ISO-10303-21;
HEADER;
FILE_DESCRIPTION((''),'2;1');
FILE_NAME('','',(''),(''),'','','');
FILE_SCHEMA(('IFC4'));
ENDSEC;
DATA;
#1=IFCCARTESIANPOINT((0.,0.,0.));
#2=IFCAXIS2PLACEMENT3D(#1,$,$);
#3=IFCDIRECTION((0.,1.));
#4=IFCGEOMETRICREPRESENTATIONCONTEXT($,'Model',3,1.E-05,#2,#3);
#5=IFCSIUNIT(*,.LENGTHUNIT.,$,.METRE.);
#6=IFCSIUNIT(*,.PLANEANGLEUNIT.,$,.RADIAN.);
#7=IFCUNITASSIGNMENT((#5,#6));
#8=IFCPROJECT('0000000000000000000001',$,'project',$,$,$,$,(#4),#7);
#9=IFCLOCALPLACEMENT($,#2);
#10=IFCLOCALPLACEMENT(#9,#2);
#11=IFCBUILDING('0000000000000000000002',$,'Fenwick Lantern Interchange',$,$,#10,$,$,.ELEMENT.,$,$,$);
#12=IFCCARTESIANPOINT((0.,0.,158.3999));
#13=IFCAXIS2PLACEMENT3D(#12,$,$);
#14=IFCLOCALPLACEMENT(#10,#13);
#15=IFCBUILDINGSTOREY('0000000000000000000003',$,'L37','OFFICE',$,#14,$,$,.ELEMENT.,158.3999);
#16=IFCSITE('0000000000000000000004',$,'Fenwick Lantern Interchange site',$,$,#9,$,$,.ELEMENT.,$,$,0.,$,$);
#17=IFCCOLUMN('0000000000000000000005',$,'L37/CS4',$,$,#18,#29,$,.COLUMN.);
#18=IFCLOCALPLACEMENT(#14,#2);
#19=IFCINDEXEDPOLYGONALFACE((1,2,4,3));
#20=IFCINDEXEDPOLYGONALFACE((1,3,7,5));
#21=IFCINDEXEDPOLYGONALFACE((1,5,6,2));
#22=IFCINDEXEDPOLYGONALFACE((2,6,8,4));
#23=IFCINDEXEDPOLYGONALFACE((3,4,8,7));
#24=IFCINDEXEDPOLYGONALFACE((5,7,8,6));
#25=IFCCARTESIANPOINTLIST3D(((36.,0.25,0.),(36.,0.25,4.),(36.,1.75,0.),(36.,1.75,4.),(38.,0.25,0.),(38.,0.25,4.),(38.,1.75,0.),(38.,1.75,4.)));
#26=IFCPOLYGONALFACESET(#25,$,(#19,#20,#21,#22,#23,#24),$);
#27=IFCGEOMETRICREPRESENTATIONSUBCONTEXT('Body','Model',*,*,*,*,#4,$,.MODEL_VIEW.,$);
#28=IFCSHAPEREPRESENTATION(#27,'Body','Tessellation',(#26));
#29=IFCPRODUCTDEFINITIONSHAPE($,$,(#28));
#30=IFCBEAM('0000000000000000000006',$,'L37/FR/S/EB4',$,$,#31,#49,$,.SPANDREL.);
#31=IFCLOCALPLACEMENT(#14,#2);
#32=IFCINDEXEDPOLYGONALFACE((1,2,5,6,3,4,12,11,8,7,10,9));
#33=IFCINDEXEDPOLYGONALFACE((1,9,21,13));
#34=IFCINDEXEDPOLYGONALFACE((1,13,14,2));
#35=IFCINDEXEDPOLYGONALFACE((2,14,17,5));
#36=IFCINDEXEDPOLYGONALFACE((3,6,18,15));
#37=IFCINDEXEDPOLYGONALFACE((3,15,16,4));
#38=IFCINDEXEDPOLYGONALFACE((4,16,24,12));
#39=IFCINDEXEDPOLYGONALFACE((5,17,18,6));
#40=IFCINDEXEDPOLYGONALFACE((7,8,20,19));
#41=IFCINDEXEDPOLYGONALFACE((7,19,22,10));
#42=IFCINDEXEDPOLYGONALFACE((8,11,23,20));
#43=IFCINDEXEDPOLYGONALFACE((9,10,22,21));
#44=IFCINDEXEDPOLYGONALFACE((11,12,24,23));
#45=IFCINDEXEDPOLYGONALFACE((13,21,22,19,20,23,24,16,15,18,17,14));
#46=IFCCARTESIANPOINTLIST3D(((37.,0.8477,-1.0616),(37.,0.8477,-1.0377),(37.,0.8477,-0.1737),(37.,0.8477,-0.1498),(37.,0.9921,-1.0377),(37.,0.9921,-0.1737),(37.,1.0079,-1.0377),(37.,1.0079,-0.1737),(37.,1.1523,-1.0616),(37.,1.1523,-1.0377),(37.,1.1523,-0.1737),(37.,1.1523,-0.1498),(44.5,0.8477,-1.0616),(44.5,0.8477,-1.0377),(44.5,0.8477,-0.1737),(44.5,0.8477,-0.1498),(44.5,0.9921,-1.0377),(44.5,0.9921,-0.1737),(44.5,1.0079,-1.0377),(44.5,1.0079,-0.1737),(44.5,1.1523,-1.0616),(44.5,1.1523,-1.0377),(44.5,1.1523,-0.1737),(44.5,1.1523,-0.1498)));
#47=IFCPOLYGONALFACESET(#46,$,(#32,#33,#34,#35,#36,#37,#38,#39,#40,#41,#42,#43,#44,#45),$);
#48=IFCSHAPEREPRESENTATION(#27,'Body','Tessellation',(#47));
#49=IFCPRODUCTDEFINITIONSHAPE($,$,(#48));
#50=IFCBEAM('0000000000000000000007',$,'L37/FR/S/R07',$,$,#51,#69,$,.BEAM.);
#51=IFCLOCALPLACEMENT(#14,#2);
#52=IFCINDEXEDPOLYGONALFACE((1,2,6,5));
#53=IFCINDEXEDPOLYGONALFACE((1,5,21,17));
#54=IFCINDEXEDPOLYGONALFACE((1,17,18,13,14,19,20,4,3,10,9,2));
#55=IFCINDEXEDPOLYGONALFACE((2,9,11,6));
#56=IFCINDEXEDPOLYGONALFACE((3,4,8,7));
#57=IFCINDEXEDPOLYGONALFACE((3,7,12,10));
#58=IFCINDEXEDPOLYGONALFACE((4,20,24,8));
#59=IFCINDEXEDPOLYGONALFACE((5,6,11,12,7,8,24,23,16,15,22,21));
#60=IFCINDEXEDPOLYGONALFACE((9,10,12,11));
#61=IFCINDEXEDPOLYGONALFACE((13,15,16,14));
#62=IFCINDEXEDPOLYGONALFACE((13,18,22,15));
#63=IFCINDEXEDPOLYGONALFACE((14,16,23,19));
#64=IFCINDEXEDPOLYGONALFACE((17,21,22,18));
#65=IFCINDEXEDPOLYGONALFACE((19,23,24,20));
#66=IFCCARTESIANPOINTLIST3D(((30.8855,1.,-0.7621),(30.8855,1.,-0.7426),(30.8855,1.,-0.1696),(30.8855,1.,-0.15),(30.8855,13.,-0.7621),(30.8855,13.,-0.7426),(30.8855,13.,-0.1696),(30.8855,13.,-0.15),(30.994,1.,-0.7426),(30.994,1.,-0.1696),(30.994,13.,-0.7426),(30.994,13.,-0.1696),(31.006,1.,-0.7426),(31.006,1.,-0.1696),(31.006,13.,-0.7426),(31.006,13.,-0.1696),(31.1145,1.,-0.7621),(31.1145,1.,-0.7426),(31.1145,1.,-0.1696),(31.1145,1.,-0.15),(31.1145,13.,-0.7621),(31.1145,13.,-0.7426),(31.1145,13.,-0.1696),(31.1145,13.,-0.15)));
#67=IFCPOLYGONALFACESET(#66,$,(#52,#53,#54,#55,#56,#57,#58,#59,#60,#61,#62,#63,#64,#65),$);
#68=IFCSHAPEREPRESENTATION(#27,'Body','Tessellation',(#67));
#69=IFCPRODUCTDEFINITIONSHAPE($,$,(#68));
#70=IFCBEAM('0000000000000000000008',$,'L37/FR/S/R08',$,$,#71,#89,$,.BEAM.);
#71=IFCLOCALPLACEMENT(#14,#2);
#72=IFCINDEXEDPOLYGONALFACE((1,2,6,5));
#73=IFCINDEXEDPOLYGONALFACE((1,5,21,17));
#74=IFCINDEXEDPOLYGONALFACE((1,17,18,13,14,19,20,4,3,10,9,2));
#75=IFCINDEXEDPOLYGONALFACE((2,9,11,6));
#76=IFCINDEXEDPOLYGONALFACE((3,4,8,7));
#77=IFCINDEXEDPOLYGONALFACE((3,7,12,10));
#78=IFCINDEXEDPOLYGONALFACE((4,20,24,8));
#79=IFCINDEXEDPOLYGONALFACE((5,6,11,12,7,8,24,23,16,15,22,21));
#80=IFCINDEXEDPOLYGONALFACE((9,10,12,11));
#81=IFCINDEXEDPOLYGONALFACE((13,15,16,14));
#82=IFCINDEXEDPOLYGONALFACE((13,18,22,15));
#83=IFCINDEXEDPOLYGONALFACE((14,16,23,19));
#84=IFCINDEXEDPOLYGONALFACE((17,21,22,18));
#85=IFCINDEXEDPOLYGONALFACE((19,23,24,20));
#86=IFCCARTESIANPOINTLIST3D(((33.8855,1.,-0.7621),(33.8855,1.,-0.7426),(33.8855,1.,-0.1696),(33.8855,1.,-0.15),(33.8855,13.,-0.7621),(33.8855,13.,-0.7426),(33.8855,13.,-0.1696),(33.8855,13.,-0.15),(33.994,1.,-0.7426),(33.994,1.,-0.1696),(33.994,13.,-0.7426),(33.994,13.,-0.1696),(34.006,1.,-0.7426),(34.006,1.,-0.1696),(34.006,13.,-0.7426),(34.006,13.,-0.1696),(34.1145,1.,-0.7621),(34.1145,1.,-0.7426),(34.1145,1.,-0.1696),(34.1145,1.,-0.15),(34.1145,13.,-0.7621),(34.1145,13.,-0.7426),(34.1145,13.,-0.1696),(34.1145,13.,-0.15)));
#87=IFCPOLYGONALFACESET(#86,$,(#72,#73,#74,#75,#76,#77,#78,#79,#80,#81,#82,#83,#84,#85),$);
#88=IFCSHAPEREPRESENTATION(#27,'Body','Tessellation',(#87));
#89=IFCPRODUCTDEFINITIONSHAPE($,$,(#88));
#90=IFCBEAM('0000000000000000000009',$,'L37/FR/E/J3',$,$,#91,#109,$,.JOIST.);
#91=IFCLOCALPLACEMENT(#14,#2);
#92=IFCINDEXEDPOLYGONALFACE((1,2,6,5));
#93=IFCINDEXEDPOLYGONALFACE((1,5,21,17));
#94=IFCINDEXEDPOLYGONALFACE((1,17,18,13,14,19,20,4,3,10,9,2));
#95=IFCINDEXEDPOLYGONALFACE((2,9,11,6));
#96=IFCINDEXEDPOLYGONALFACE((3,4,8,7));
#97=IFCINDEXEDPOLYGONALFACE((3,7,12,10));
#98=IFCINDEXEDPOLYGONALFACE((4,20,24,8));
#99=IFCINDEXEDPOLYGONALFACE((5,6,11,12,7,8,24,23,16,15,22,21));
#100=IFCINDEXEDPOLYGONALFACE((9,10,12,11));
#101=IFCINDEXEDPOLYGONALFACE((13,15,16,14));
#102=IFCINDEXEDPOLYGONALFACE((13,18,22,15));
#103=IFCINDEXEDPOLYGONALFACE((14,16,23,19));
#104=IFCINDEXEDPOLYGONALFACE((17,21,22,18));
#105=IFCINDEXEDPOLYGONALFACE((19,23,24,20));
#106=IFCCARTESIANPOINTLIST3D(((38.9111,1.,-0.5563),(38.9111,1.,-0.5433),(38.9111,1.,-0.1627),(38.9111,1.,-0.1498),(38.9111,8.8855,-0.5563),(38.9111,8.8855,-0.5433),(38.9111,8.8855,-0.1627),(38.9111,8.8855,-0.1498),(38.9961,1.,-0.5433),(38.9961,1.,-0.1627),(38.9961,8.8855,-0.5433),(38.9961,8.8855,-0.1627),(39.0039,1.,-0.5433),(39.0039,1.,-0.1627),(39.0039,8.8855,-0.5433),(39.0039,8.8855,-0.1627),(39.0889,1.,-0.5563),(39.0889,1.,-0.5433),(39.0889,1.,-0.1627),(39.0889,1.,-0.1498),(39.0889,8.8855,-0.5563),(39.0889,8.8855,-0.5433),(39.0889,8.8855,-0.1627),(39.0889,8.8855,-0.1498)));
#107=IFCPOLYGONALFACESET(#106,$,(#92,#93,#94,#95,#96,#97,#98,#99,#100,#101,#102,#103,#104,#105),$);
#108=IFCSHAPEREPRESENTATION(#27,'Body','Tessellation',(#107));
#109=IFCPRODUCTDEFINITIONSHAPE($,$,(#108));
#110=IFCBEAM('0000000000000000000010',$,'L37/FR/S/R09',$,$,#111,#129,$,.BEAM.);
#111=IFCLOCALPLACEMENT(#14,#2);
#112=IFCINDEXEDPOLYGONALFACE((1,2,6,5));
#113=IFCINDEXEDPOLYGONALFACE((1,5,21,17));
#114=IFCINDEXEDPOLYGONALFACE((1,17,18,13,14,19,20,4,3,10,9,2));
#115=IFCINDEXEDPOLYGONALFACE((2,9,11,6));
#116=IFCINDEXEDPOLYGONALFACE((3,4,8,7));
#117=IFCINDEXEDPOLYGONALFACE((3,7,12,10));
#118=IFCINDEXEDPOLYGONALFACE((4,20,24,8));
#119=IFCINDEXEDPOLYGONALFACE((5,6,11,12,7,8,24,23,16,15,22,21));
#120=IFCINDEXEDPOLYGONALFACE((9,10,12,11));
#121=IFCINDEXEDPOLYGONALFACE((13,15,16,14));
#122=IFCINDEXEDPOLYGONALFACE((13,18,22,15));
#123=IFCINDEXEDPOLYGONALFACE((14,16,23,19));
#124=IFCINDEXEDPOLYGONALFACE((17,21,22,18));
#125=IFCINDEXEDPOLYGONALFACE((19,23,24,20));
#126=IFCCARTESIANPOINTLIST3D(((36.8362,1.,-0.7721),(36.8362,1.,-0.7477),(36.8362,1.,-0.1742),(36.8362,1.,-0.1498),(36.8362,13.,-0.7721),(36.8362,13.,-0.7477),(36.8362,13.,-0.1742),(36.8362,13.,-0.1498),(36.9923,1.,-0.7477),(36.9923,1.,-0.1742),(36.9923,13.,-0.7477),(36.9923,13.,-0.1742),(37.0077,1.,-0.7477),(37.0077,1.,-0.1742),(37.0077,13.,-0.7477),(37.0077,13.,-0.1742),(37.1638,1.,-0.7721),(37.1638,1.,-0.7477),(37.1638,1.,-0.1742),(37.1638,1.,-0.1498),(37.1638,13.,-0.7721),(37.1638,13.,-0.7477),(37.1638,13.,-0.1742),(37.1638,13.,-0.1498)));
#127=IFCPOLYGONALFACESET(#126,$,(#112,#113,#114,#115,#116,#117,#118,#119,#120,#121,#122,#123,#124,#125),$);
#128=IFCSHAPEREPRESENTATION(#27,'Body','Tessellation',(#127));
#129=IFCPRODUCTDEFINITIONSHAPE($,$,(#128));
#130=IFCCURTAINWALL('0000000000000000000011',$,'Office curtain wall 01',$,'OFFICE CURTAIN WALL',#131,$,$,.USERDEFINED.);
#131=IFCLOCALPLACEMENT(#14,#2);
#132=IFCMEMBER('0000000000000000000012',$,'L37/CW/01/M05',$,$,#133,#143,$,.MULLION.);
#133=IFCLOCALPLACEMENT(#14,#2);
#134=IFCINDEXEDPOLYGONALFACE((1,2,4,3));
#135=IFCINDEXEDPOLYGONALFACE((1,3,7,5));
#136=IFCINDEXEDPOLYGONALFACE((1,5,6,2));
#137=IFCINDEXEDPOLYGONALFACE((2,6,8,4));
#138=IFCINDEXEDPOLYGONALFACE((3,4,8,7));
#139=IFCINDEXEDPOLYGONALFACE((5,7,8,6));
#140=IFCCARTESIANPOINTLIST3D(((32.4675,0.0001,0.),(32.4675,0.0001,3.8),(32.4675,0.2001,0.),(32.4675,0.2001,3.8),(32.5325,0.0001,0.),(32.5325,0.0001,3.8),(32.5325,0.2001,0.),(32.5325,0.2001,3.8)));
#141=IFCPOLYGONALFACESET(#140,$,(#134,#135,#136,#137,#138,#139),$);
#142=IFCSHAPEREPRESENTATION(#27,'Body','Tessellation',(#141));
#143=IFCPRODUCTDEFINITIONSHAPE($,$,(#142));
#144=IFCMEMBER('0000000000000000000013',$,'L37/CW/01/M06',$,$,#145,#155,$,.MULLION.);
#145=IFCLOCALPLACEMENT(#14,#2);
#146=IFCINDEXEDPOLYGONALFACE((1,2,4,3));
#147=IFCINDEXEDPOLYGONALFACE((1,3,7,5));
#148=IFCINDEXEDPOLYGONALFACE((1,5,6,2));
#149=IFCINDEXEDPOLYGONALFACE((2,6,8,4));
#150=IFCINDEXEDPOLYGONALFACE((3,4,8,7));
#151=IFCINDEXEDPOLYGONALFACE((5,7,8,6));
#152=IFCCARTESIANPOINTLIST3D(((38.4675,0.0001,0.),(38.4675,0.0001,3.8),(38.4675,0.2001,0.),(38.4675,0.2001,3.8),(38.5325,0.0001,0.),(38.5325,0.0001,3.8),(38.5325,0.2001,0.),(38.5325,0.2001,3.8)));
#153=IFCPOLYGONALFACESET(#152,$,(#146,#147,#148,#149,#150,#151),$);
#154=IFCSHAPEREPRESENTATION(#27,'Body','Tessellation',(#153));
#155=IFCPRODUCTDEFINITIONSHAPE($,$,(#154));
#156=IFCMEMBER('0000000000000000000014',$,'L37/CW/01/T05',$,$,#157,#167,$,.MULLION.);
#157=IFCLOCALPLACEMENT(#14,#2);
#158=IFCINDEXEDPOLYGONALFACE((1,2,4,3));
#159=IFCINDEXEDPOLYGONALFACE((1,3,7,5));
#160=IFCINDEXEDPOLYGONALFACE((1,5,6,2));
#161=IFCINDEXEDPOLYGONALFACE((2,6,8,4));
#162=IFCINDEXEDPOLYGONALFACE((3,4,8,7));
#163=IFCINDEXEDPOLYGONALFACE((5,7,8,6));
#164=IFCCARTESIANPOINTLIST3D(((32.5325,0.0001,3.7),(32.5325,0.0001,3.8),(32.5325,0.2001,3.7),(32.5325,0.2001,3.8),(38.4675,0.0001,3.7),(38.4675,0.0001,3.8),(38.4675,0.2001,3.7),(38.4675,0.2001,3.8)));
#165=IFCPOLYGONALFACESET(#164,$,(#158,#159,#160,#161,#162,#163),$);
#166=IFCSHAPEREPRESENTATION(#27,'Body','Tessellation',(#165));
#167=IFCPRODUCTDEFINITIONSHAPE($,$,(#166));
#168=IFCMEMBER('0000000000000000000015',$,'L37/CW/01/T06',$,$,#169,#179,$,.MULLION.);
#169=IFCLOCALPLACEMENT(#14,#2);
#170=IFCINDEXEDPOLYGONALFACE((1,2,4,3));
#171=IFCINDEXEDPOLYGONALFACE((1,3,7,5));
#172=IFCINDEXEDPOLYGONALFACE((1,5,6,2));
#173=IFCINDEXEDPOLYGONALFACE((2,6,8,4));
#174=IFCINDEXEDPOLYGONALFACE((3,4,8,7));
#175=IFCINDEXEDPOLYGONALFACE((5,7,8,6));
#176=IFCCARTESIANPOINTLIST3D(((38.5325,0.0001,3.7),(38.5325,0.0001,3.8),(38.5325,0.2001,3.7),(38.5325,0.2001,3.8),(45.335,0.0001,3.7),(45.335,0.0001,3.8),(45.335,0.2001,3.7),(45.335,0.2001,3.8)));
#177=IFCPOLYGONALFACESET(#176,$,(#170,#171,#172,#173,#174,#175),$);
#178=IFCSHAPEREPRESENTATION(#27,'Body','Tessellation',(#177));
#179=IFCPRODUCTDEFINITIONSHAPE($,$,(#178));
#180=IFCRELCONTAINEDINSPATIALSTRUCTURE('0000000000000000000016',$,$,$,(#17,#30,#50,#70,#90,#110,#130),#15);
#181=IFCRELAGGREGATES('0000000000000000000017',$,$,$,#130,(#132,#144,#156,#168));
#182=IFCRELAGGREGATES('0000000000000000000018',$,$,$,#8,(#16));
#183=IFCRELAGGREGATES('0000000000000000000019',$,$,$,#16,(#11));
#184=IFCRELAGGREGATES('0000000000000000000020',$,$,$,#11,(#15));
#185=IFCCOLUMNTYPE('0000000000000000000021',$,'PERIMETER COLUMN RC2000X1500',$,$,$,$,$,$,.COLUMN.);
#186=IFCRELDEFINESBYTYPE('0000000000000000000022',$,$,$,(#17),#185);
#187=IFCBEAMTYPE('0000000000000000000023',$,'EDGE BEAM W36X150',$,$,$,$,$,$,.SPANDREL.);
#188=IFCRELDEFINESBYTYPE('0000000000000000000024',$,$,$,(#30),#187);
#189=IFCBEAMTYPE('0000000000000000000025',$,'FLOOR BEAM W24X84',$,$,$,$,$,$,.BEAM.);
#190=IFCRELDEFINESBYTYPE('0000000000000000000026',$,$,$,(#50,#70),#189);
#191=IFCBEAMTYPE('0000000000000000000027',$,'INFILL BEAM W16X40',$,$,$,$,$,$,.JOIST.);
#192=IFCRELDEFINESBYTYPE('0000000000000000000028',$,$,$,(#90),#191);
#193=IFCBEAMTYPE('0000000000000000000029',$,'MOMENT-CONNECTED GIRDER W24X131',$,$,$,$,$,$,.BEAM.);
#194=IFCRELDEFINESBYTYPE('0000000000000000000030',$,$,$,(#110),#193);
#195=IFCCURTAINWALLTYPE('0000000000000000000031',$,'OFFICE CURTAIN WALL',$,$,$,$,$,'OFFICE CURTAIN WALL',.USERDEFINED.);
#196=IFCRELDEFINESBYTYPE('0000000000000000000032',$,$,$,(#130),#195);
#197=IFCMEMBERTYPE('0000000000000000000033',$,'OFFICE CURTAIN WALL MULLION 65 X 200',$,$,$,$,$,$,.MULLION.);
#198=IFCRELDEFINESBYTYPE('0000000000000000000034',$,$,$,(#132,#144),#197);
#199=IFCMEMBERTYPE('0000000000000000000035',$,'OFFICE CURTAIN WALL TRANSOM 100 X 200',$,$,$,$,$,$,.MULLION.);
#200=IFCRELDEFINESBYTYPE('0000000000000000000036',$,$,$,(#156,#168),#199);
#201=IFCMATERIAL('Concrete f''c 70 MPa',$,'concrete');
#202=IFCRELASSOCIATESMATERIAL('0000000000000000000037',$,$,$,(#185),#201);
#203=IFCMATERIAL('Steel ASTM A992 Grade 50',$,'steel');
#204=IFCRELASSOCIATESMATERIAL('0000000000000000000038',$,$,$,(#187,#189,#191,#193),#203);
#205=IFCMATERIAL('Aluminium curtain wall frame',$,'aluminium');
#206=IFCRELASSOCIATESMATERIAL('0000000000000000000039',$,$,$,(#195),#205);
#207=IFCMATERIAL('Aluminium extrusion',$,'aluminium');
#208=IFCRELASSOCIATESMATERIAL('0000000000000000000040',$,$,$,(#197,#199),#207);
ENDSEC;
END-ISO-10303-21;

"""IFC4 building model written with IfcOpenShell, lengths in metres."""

from ifc_helpers import new_model, si_unit, direction, frame, origin, origin_2d, place, context, subcontext, project, spatial, rectangle, i_section, extrude, material, material_profile, profile_set, type_object, element, aggregate, save


model = new_model("IFC4")

# Units and contexts
model_context = context("Model", 3, precision=1e-05, world=origin(), true_north=direction((0.0, 1.0)))
body_context = subcontext(model_context, "Body", "Model", "MODEL_VIEW")
ifc_project = project(units=[si_unit("LENGTHUNIT", "METRE"), si_unit("PLANEANGLEUNIT", "RADIAN")], contexts=[model_context])

# Site, building, storey
site_placement = place(None, origin())
site = spatial("IfcSite", under=ifc_project, at=site_placement, Name="Fenwick Lantern Interchange site", CompositionType="ELEMENT", RefElevation=0.0)
building_placement = place(site_placement, origin())
building = spatial("IfcBuilding", under=site, at=building_placement, Name="Fenwick Lantern Interchange", CompositionType="ELEMENT")
storey_placement = place(building_placement, frame((0.0, 0.0, 158.3999)))
storey = spatial("IfcBuildingStorey", under=building, at=storey_placement, Name="L37", Description="OFFICE", CompositionType="ELEMENT", Elevation=158.3999)

# Column
ifc_material_1 = material(Name="Concrete f'c 70 MPa", Category="concrete")
ifc_material_profile_1 = material_profile(ifc_material_1, rectangle(XDim=2.0, YDim=1.5, at=origin_2d()), Name="RC2000X1500")
ifc_profile_set_1 = profile_set([ifc_material_profile_1], Name="Concrete f'c 70 MPa")
column_type = type_object("IfcColumnType", Name="PERIMETER COLUMN RC2000X1500", PredefinedType="COLUMN", material=ifc_profile_set_1)
column_placement = place(storey_placement, frame((37.0, 1.0, 0.0), z_axis=(0.0, 0.0, 1.0), x_axis=(1.0, 0.0, 0.0)))
element("IfcColumn", 1, at=column_placement, inside=storey, type_object=column_type, Name="L37/CS4", PredefinedType="COLUMN", context=body_context, shape_type="SweptSolid", body=[
    extrude(rectangle(XDim=2.0, YDim=1.5, at=origin_2d()), origin(), (0.0, 0.0, 1.0), 4.0),
])

# Beams
ifc_material_2 = material(Name="Steel ASTM A992 Grade 50", Category="steel")
ifc_material_profile_2 = material_profile(ifc_material_2, i_section(OverallWidth=0.3047, OverallDepth=0.9119, WebThickness=0.0159, FlangeThickness=0.0239, at=origin_2d()), Name="W36X150")
ifc_profile_set_2 = profile_set([ifc_material_profile_2], Name="Steel ASTM A992 Grade 50")
beam_type_1 = type_object("IfcBeamType", Name="EDGE BEAM W36X150", PredefinedType="SPANDREL", material=ifc_profile_set_2)
beam_1_placement = place(storey_placement, frame((37.0, 1.0, -0.6057), z_axis=(1.0, 0.0, 0.0), x_axis=(0.0, 1.0, 0.0)))
element("IfcBeam", 2, at=beam_1_placement, inside=storey, type_object=beam_type_1, Name="L37/FR/S/EB4", PredefinedType="SPANDREL", context=body_context, shape_type="SweptSolid", body=[
    extrude(i_section(OverallWidth=0.3047, OverallDepth=0.9119, WebThickness=0.0159, FlangeThickness=0.0239, at=origin_2d()), origin(), (0.0, 0.0, 1.0), 7.5),
])
ifc_material_profile_3 = material_profile(ifc_material_2, i_section(OverallWidth=0.229, OverallDepth=0.6121, WebThickness=0.012, FlangeThickness=0.0195, at=origin_2d()), Name="W24X84")
ifc_profile_set_3 = profile_set([ifc_material_profile_3], Name="Steel ASTM A992 Grade 50")
beam_type_2 = type_object("IfcBeamType", Name="FLOOR BEAM W24X84", PredefinedType="BEAM", material=ifc_profile_set_3)
for number, where, z_axis, x_axis, name in (
    (3, (31.0, 1.0, -0.4561), (0.0, 1.0, 0.0), (-1.0, 0.0, 0.0), "L37/FR/S/R07"),
    (4, (34.0, 1.0, -0.4561), (0.0, 1.0, 0.0), (-1.0, 0.0, 0.0), "L37/FR/S/R08"),
):
    element("IfcBeam", number, at=place(storey_placement, frame(where, z_axis=z_axis, x_axis=x_axis)), inside=storey, type_object=beam_type_2, Name=name, PredefinedType="BEAM", context=body_context, shape_type="SweptSolid", body=[
        extrude(i_section(OverallWidth=0.229, OverallDepth=0.6121, WebThickness=0.012, FlangeThickness=0.0195, at=origin_2d()), origin(), (0.0, 0.0, 1.0), 12.0),
    ])
ifc_material_profile_4 = material_profile(ifc_material_2, i_section(OverallWidth=0.1777, OverallDepth=0.4065, WebThickness=0.0078, FlangeThickness=0.0129, at=origin_2d()), Name="W16X40")
ifc_profile_set_4 = profile_set([ifc_material_profile_4], Name="Steel ASTM A992 Grade 50")
beam_type_3 = type_object("IfcBeamType", Name="INFILL BEAM W16X40", PredefinedType="JOIST", material=ifc_profile_set_4)
beam_2_placement = place(storey_placement, frame((39.0, 1.0, -0.353), z_axis=(0.0, 1.0, 0.0), x_axis=(-1.0, 0.0, 0.0)))
element("IfcBeam", 5, at=beam_2_placement, inside=storey, type_object=beam_type_3, Name="L37/FR/E/J3", PredefinedType="JOIST", context=body_context, shape_type="SweptSolid", body=[
    extrude(i_section(OverallWidth=0.1777, OverallDepth=0.4065, WebThickness=0.0078, FlangeThickness=0.0129, at=origin_2d()), origin(), (0.0, 0.0, 1.0), 7.8855),
])
ifc_material_profile_5 = material_profile(ifc_material_2, i_section(OverallWidth=0.3276, OverallDepth=0.6223, WebThickness=0.0154, FlangeThickness=0.0244, at=origin_2d()), Name="W24X131")
ifc_profile_set_5 = profile_set([ifc_material_profile_5], Name="Steel ASTM A992 Grade 50")
beam_type_4 = type_object("IfcBeamType", Name="MOMENT-CONNECTED GIRDER W24X131", PredefinedType="BEAM", material=ifc_profile_set_5)
beam_3_placement = place(storey_placement, frame((37.0, 1.0, -0.4609), z_axis=(0.0, 1.0, 0.0), x_axis=(-1.0, 0.0, 0.0)))
element("IfcBeam", 6, at=beam_3_placement, inside=storey, type_object=beam_type_4, Name="L37/FR/S/R09", PredefinedType="BEAM", context=body_context, shape_type="SweptSolid", body=[
    extrude(i_section(OverallWidth=0.3276, OverallDepth=0.6223, WebThickness=0.0154, FlangeThickness=0.0244, at=origin_2d()), origin(), (0.0, 0.0, 1.0), 12.0),
])

# Curtain wall, members
ifc_material_3 = material(Name="Aluminium curtain wall frame", Category="aluminium")
curtain_wall_type = type_object("IfcCurtainWallType", Name="OFFICE CURTAIN WALL", ElementType="OFFICE CURTAIN WALL", PredefinedType="USERDEFINED", material=ifc_material_3)
curtain_wall_placement = place(storey_placement, origin())
curtain_wall = element("IfcCurtainWall", 7, at=curtain_wall_placement, inside=storey, type_object=curtain_wall_type, Name="Office curtain wall 01", ObjectType="OFFICE CURTAIN WALL", PredefinedType="USERDEFINED")
ifc_material_4 = material(Name="Aluminium extrusion", Category="aluminium")
ifc_material_profile_6 = material_profile(ifc_material_4, rectangle(XDim=0.2, YDim=0.0649, at=origin_2d()), Name="OFFICE CURTAIN WALL MULLION 65 X 200")
ifc_profile_set_6 = profile_set([ifc_material_profile_6], Name="Aluminium extrusion")
member_type_1 = type_object("IfcMemberType", Name="OFFICE CURTAIN WALL MULLION 65 X 200", PredefinedType="MULLION", material=ifc_profile_set_6)
member_1_placement = place(storey_placement, frame((32.5, 0.1001, 0.0), z_axis=(0.0, 0.0, 1.0), x_axis=(0.0, 1.0, 0.0)))
member_1 = element("IfcMember", 8, at=member_1_placement, type_object=member_type_1, Name="L37/CW/01/M05", PredefinedType="MULLION", context=body_context, shape_type="SweptSolid", body=[
    extrude(rectangle(XDim=0.2, YDim=0.0649, at=origin_2d()), origin(), (0.0, 0.0, 1.0), 3.8),
])
member_2_placement = place(storey_placement, frame((38.5, 0.1001, 0.0), z_axis=(0.0, 0.0, 1.0), x_axis=(0.0, 1.0, 0.0)))
member_2 = element("IfcMember", 9, at=member_2_placement, type_object=member_type_1, Name="L37/CW/01/M06", PredefinedType="MULLION", context=body_context, shape_type="SweptSolid", body=[
    extrude(rectangle(XDim=0.2, YDim=0.0649, at=origin_2d()), origin(), (0.0, 0.0, 1.0), 3.8),
])
ifc_material_profile_7 = material_profile(ifc_material_4, rectangle(XDim=0.2, YDim=0.1001, at=origin_2d()), Name="OFFICE CURTAIN WALL TRANSOM 100 X 200")
ifc_profile_set_7 = profile_set([ifc_material_profile_7], Name="Aluminium extrusion")
member_type_2 = type_object("IfcMemberType", Name="OFFICE CURTAIN WALL TRANSOM 100 X 200", PredefinedType="MULLION", material=ifc_profile_set_7)
member_3_placement = place(storey_placement, frame((32.5325, 0.1001, 3.75), z_axis=(1.0, 0.0, 0.0), x_axis=(0.0, 1.0, 0.0)))
member_3 = element("IfcMember", 10, at=member_3_placement, type_object=member_type_2, Name="L37/CW/01/T05", PredefinedType="MULLION", context=body_context, shape_type="SweptSolid", body=[
    extrude(rectangle(XDim=0.2, YDim=0.1001, at=origin_2d()), origin(), (0.0, 0.0, 1.0), 5.9351),
])
member_4_placement = place(storey_placement, frame((38.5325, 0.1001, 3.75), z_axis=(1.0, 0.0, 0.0), x_axis=(0.0, 1.0, 0.0)))
member_4 = element("IfcMember", 11, at=member_4_placement, type_object=member_type_2, Name="L37/CW/01/T06", PredefinedType="MULLION", context=body_context, shape_type="SweptSolid", body=[
    extrude(rectangle(XDim=0.2, YDim=0.1001, at=origin_2d()), origin(), (0.0, 0.0, 1.0), 6.8025),
])
aggregate(curtain_wall, [member_1, member_2, member_3, member_4])

save(model, "model.ifc")
